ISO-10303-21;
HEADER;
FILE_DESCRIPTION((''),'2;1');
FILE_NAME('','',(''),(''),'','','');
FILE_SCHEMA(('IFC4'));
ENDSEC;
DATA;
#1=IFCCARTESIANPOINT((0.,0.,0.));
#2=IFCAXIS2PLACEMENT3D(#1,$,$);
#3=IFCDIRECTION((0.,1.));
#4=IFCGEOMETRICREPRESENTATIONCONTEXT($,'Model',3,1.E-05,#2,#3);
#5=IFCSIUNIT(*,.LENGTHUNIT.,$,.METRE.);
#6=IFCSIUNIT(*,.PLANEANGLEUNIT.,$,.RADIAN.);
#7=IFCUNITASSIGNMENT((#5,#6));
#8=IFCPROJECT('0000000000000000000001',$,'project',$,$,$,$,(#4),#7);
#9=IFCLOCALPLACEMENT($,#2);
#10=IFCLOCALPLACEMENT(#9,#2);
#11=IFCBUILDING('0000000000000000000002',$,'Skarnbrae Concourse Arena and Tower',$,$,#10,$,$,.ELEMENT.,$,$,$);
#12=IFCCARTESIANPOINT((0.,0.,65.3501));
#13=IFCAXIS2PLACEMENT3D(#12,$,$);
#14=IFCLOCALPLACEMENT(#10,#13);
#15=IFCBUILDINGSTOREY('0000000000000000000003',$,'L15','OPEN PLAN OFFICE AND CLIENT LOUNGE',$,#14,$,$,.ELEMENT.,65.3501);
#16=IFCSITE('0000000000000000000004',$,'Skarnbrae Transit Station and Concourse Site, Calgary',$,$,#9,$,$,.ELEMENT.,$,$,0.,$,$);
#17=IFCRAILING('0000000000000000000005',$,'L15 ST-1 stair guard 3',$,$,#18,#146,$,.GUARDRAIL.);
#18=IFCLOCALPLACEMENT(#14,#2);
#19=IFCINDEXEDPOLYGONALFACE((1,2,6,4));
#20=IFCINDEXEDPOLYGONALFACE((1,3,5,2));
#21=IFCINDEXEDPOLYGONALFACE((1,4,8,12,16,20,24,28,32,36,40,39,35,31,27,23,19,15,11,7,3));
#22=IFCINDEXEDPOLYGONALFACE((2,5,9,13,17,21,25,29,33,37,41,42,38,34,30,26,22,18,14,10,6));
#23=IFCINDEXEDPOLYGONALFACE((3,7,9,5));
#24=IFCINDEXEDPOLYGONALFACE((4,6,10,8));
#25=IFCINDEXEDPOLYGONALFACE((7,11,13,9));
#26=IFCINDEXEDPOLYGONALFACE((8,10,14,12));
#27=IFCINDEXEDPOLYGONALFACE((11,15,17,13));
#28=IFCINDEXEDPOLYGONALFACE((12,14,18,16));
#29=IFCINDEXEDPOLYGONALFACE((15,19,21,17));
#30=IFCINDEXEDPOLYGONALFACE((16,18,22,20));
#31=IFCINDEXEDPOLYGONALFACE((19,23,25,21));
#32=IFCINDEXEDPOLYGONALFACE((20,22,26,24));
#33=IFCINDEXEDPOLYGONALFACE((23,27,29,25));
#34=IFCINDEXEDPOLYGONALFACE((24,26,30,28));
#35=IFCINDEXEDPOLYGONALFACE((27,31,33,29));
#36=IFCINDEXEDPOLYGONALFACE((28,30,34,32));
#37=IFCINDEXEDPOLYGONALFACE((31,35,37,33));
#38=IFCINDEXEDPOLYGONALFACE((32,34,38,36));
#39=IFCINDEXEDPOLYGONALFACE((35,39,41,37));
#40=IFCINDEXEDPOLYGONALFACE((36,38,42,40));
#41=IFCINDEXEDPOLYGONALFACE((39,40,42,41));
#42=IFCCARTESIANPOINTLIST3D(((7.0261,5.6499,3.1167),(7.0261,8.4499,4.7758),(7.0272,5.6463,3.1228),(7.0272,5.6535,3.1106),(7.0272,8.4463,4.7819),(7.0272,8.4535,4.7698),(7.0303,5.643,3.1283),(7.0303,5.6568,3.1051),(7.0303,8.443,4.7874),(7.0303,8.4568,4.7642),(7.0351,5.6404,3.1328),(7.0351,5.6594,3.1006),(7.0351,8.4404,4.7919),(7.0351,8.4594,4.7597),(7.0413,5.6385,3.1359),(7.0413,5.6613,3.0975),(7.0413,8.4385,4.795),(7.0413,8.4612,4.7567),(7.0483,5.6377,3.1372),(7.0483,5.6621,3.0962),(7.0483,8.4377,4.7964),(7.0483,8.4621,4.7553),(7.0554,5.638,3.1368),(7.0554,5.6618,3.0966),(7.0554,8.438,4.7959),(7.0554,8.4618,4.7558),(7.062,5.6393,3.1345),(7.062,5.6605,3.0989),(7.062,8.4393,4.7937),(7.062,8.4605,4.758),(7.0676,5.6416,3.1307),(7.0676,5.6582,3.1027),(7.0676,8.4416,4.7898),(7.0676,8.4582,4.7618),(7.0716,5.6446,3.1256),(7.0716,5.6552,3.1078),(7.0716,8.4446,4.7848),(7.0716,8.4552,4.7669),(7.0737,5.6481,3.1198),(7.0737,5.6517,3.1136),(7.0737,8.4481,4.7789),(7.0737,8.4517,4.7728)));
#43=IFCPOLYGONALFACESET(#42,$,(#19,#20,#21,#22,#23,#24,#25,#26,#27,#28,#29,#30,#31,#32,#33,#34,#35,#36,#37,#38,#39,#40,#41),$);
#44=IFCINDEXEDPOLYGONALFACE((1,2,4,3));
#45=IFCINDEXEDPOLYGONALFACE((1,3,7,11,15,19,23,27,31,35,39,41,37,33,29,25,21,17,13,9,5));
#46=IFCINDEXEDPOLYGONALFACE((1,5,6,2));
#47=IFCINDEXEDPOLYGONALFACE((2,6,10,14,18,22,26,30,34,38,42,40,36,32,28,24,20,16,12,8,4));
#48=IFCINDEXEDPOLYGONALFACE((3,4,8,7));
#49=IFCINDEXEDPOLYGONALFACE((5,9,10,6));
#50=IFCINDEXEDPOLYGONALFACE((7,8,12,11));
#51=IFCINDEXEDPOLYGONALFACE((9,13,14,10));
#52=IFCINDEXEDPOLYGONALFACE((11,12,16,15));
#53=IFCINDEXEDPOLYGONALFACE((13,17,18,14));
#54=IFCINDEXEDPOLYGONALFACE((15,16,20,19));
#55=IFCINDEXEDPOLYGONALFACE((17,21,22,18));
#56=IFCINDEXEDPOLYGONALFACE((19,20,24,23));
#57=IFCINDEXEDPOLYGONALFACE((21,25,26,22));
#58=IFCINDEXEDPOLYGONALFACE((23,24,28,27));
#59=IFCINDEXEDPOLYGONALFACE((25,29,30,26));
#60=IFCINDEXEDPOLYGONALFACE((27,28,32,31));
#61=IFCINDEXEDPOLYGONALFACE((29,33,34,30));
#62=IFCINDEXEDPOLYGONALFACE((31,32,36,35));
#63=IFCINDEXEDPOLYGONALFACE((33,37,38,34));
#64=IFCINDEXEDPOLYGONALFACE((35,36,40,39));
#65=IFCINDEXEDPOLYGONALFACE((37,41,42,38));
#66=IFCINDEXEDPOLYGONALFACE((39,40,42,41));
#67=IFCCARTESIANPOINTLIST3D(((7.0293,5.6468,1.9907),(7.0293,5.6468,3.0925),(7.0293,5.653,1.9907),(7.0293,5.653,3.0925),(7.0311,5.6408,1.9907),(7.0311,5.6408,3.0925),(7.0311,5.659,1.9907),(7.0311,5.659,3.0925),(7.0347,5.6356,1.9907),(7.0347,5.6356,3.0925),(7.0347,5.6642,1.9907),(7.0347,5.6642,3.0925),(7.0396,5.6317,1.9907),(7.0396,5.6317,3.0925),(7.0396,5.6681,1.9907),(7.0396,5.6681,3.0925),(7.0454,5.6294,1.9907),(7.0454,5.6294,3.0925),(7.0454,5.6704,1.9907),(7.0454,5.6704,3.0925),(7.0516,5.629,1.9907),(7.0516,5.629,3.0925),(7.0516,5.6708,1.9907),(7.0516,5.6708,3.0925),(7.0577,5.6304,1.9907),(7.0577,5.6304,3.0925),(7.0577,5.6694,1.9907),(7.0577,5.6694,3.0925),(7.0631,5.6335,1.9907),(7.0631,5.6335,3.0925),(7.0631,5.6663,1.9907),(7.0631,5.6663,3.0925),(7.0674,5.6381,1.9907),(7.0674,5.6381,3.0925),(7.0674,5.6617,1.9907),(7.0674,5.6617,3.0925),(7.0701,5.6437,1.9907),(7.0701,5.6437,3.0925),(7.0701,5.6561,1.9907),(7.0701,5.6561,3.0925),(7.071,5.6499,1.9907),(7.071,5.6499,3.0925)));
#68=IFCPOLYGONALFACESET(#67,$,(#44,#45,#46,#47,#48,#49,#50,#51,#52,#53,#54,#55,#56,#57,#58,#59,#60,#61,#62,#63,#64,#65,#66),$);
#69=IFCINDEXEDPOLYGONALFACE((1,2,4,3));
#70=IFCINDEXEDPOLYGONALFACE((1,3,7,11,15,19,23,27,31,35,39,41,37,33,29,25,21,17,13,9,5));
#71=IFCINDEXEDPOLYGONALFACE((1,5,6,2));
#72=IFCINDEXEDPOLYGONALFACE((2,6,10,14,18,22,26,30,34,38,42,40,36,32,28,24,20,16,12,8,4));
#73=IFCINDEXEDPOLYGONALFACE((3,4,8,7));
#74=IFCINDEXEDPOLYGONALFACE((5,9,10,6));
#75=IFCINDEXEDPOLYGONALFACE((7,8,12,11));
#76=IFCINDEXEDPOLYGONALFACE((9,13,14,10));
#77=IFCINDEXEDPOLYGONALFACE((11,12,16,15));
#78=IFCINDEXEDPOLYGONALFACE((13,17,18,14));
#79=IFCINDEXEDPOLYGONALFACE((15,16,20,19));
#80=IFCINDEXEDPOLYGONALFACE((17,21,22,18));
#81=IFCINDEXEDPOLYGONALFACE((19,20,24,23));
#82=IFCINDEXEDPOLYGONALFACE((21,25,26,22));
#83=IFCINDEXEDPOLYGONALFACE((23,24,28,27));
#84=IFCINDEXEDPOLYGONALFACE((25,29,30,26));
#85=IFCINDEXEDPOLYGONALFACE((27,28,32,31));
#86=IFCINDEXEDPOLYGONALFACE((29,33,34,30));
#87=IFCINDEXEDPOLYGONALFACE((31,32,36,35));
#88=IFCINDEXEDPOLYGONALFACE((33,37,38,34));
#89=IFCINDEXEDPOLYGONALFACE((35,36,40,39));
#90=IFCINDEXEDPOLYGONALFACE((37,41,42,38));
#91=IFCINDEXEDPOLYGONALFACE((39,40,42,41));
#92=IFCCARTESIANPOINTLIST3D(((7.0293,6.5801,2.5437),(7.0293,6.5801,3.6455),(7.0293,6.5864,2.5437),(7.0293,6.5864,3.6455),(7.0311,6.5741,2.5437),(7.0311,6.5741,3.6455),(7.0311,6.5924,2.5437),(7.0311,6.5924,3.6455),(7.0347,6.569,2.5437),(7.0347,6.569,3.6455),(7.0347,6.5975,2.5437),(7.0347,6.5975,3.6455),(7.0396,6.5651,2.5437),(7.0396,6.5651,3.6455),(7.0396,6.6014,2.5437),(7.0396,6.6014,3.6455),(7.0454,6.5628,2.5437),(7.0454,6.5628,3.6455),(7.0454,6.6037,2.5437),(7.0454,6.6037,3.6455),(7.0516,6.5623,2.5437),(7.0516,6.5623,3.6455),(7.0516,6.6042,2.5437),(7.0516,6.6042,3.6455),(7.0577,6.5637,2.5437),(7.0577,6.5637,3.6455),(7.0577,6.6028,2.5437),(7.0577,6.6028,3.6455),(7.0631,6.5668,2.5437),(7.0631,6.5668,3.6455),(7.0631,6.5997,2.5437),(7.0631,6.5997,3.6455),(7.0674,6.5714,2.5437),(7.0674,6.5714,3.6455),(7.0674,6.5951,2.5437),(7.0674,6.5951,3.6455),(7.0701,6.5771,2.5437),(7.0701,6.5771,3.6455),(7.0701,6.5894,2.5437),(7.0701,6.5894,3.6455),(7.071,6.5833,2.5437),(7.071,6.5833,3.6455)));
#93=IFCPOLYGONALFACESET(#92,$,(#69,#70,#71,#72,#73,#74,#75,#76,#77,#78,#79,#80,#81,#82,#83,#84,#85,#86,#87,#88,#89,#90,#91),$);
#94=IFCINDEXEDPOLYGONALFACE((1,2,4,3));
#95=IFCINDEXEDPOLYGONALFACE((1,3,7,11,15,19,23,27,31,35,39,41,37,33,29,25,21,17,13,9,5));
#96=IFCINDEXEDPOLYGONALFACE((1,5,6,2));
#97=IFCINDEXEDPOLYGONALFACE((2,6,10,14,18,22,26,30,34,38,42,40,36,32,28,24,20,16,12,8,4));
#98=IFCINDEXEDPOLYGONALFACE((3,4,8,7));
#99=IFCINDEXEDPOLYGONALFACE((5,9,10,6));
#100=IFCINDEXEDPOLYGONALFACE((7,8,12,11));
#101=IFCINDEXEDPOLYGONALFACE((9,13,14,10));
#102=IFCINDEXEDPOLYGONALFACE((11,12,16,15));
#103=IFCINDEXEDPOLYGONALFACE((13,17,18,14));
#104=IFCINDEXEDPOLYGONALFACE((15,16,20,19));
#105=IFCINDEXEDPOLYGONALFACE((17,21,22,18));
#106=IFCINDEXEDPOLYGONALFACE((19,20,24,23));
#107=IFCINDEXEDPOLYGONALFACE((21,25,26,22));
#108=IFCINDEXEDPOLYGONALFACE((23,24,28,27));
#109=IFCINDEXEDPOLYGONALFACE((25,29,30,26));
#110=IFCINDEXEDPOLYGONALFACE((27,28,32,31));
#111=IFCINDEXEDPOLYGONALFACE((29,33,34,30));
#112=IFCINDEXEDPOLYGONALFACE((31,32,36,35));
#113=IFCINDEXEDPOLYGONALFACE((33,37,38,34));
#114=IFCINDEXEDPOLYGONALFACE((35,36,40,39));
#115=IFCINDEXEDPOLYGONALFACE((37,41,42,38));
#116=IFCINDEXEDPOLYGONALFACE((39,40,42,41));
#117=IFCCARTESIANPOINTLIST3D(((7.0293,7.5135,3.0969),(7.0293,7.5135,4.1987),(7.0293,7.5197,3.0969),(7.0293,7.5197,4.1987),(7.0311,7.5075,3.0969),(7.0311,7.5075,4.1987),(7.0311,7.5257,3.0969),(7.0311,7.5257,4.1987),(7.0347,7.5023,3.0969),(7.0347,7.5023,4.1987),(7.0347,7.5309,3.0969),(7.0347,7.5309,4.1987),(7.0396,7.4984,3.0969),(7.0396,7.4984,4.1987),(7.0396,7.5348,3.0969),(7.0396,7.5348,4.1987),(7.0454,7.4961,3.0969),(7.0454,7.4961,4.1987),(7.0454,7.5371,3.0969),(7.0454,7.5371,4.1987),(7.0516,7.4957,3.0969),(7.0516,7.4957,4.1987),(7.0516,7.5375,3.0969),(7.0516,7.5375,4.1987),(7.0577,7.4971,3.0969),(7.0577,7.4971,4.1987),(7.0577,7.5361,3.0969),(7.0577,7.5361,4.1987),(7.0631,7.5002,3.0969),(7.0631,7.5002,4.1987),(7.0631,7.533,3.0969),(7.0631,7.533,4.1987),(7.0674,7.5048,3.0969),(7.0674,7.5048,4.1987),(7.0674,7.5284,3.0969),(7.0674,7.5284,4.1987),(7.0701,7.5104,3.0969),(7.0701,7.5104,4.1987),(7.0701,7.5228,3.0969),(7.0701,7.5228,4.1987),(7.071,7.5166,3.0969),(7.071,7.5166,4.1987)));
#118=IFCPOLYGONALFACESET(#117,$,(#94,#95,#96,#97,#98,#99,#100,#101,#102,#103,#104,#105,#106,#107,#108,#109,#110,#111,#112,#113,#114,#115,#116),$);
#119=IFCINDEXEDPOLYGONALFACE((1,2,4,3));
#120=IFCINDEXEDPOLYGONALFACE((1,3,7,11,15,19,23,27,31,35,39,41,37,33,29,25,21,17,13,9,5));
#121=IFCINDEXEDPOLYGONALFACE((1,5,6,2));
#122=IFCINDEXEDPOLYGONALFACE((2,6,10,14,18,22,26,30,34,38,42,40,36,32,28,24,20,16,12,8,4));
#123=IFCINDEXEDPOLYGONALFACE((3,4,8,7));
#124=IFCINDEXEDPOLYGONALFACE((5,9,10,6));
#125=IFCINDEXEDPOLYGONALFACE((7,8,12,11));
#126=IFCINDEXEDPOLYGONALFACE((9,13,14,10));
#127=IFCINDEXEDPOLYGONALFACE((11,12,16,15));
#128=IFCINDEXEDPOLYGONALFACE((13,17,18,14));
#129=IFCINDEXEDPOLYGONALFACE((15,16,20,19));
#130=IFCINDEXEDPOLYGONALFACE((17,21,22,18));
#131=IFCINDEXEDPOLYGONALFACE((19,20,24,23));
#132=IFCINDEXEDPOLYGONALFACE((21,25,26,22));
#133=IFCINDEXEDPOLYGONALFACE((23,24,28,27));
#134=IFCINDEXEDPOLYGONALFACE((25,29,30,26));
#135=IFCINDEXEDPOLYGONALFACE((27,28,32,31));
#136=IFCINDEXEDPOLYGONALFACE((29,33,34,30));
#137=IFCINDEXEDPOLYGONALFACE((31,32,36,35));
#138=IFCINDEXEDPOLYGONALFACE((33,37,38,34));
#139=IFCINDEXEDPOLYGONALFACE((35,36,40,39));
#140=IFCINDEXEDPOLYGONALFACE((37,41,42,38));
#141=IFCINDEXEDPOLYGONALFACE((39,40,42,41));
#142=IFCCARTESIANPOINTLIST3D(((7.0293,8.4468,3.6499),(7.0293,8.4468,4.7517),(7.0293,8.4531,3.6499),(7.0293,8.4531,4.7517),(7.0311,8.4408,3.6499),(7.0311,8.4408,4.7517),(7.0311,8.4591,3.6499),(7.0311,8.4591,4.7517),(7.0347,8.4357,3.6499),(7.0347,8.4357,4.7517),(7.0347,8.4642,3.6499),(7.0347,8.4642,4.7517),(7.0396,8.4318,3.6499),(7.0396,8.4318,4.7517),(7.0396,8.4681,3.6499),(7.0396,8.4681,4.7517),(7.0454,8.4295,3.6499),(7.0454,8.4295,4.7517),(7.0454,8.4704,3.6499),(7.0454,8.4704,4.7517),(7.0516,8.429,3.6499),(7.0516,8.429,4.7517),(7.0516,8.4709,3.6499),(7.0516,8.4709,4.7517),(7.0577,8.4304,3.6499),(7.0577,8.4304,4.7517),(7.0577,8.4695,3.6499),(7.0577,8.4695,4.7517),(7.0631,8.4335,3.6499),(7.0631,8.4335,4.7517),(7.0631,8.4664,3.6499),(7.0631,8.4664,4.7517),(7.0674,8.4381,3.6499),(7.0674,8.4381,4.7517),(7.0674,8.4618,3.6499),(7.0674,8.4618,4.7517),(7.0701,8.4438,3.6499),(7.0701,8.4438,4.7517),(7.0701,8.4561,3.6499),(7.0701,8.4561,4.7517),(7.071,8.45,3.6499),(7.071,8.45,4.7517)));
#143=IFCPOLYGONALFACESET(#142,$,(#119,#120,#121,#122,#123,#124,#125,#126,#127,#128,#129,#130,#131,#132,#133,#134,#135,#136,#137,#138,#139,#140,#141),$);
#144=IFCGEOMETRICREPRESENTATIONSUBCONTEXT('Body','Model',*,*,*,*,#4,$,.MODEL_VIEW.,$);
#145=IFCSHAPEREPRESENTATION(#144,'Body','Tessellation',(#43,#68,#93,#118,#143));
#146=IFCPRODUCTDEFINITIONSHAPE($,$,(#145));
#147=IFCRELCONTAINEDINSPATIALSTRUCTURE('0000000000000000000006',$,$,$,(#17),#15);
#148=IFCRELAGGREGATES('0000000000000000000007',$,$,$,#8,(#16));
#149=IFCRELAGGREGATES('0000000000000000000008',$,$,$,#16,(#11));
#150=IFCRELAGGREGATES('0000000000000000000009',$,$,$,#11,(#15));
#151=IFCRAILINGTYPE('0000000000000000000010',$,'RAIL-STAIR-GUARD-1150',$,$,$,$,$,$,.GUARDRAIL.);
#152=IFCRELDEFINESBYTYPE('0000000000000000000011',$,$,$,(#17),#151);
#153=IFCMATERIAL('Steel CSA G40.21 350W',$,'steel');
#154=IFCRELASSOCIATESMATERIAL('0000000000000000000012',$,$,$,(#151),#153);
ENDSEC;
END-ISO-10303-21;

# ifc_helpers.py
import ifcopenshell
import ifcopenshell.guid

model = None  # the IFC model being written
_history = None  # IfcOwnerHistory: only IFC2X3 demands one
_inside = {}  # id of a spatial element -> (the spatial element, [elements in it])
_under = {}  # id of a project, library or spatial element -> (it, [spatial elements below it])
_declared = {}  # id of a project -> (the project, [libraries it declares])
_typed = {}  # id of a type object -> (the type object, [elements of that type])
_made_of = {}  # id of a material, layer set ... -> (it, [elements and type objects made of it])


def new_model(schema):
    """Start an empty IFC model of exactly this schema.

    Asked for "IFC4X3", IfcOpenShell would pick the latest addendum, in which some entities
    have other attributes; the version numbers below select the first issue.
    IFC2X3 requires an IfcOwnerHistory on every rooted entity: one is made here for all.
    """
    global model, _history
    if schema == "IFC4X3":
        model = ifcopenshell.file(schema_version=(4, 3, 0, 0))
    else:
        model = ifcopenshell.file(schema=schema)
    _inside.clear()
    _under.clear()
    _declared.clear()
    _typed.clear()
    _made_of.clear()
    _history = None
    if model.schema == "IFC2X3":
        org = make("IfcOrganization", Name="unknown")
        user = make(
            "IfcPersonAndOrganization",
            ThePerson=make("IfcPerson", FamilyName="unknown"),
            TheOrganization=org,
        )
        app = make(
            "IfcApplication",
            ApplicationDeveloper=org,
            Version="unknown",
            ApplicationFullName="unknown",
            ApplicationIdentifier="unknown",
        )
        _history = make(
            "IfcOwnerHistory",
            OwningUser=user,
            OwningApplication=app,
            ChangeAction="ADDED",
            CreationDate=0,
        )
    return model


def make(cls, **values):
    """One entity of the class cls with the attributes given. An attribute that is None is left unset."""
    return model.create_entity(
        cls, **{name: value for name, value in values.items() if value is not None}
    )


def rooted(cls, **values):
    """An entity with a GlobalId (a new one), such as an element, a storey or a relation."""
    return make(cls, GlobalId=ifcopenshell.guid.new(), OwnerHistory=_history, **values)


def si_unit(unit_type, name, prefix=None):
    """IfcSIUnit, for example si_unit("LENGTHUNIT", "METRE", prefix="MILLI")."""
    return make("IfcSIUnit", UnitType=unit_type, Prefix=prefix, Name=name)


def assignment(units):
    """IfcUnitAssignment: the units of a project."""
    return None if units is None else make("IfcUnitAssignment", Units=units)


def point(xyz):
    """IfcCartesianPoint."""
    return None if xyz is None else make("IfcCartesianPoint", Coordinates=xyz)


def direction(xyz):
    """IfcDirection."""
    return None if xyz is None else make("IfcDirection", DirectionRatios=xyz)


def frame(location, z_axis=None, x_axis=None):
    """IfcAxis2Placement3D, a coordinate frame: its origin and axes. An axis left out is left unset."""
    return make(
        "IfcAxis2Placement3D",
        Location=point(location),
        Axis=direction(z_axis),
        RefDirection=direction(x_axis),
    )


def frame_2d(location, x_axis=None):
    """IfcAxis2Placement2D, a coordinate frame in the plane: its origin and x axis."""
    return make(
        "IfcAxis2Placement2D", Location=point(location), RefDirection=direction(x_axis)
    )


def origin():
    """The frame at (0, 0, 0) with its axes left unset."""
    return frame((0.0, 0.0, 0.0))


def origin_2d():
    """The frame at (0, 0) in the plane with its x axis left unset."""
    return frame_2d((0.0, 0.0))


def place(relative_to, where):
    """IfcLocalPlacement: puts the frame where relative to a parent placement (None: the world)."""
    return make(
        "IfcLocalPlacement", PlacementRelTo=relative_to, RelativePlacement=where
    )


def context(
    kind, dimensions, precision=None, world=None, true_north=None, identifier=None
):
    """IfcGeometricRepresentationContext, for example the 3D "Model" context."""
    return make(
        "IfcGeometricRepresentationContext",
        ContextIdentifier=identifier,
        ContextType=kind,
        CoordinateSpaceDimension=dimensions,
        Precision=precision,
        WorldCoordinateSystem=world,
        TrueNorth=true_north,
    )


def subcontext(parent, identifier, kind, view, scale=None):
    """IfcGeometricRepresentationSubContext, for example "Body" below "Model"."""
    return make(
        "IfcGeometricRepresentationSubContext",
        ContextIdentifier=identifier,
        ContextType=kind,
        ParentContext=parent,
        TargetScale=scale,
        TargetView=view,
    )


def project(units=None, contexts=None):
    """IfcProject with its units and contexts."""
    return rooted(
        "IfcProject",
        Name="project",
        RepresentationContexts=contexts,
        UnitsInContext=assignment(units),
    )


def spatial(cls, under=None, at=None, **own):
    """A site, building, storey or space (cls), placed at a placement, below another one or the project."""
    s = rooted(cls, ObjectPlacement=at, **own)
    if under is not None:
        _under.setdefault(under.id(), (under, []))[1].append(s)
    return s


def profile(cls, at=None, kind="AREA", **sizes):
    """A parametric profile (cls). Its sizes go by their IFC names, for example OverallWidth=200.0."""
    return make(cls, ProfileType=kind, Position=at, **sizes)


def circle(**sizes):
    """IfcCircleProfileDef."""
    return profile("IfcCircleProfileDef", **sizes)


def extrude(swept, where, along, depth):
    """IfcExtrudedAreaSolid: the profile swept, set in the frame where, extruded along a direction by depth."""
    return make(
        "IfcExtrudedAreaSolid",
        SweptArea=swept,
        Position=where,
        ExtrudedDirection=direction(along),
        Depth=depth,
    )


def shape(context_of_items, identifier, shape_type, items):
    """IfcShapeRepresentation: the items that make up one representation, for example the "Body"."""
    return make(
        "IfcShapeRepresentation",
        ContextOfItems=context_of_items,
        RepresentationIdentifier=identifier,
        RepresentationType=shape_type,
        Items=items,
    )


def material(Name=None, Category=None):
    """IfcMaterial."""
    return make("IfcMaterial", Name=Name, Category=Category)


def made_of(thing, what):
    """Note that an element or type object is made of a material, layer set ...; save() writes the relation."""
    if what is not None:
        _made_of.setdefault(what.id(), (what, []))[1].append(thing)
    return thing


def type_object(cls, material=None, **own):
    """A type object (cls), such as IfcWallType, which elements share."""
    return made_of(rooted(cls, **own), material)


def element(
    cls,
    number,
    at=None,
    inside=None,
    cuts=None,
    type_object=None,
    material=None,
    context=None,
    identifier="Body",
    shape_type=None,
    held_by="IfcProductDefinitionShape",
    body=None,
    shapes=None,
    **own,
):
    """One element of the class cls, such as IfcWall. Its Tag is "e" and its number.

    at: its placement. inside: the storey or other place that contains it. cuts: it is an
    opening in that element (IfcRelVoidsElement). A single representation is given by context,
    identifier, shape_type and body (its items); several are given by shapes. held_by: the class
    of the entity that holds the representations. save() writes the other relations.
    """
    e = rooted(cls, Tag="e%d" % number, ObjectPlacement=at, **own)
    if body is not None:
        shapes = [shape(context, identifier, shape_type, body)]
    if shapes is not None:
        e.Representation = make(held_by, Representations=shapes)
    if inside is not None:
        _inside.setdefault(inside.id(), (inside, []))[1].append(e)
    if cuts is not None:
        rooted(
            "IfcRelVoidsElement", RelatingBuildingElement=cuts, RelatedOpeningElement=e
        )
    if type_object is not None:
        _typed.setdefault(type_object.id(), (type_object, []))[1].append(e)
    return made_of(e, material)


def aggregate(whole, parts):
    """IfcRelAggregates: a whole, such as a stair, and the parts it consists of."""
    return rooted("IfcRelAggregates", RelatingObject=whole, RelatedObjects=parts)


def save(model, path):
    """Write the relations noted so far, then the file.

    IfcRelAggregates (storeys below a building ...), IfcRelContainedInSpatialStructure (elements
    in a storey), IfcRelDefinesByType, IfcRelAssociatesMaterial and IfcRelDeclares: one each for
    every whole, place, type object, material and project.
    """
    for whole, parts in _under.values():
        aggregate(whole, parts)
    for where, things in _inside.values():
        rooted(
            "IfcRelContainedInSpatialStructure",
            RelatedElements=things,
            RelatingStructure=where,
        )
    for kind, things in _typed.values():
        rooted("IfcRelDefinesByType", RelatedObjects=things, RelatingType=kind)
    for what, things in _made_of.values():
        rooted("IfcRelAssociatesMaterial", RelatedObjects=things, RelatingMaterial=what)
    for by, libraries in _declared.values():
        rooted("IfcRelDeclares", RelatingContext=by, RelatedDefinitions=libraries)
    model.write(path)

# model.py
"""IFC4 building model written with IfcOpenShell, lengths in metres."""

from ifc_helpers import new_model, si_unit, direction, frame, origin, origin_2d, place, context, subcontext, project, spatial, circle, extrude, material, type_object, element, save


model = new_model("IFC4")

# Units and contexts
model_context = context("Model", 3, precision=1e-05, world=origin(), true_north=direction((0.0, 1.0)))
body_context = subcontext(model_context, "Body", "Model", "MODEL_VIEW")
ifc_project = project(units=[si_unit("LENGTHUNIT", "METRE"), si_unit("PLANEANGLEUNIT", "RADIAN")], contexts=[model_context])

# Site, building, storey
site_placement = place(None, origin())
site = spatial("IfcSite", under=ifc_project, at=site_placement, Name="Skarnbrae Transit Station and Concourse Site, Calgary", CompositionType="ELEMENT", RefElevation=0.0)
building_placement = place(site_placement, origin())
building = spatial("IfcBuilding", under=site, at=building_placement, Name="Skarnbrae Concourse Arena and Tower", CompositionType="ELEMENT")
storey_placement = place(building_placement, frame((0.0, 0.0, 65.3501)))
storey = spatial("IfcBuildingStorey", under=building, at=storey_placement, Name="L15", Description="OPEN PLAN OFFICE AND CLIENT LOUNGE", CompositionType="ELEMENT", Elevation=65.3501)

# Shared definitions
ifc_material_1 = material(Name="Steel CSA G40.21 350W", Category="steel")

# Railing
railing_type_1 = type_object("IfcRailingType", Name="RAIL-STAIR-GUARD-1150", PredefinedType="GUARDRAIL", material=ifc_material_1)
railing_1_placement = place(storey_placement, frame((7.05, 5.6499, 1.9907)))
element("IfcRailing", 1, at=railing_1_placement, inside=storey, type_object=railing_type_1, Name="L15 ST-1 stair guard 3", PredefinedType="GUARDRAIL", context=body_context, shape_type="SweptSolid", body=[
    extrude(circle(Radius=0.0239, at=origin_2d()), frame((0.0, 0.0, 1.126), z_axis=(0.0, 0.860306, 0.509778), x_axis=(-1.0, 0.0, 0.0)), (0.0, 0.0, 1.0), 3.2546),
    extrude(circle(Radius=0.021, at=origin_2d()), origin(), (0.0, 0.0, 1.0), 1.1018),
    extrude(circle(Radius=0.021, at=origin_2d()), frame((0.0, 0.9333, 0.553)), (0.0, 0.0, 1.0), 1.1018),
    extrude(circle(Radius=0.021, at=origin_2d()), frame((0.0, 1.8667, 1.1062)), (0.0, 0.0, 1.0), 1.1018),
    extrude(circle(Radius=0.021, at=origin_2d()), frame((0.0, 2.8, 1.6592)), (0.0, 0.0, 1.0), 1.1018),
])

save(model, "model.ifc")
